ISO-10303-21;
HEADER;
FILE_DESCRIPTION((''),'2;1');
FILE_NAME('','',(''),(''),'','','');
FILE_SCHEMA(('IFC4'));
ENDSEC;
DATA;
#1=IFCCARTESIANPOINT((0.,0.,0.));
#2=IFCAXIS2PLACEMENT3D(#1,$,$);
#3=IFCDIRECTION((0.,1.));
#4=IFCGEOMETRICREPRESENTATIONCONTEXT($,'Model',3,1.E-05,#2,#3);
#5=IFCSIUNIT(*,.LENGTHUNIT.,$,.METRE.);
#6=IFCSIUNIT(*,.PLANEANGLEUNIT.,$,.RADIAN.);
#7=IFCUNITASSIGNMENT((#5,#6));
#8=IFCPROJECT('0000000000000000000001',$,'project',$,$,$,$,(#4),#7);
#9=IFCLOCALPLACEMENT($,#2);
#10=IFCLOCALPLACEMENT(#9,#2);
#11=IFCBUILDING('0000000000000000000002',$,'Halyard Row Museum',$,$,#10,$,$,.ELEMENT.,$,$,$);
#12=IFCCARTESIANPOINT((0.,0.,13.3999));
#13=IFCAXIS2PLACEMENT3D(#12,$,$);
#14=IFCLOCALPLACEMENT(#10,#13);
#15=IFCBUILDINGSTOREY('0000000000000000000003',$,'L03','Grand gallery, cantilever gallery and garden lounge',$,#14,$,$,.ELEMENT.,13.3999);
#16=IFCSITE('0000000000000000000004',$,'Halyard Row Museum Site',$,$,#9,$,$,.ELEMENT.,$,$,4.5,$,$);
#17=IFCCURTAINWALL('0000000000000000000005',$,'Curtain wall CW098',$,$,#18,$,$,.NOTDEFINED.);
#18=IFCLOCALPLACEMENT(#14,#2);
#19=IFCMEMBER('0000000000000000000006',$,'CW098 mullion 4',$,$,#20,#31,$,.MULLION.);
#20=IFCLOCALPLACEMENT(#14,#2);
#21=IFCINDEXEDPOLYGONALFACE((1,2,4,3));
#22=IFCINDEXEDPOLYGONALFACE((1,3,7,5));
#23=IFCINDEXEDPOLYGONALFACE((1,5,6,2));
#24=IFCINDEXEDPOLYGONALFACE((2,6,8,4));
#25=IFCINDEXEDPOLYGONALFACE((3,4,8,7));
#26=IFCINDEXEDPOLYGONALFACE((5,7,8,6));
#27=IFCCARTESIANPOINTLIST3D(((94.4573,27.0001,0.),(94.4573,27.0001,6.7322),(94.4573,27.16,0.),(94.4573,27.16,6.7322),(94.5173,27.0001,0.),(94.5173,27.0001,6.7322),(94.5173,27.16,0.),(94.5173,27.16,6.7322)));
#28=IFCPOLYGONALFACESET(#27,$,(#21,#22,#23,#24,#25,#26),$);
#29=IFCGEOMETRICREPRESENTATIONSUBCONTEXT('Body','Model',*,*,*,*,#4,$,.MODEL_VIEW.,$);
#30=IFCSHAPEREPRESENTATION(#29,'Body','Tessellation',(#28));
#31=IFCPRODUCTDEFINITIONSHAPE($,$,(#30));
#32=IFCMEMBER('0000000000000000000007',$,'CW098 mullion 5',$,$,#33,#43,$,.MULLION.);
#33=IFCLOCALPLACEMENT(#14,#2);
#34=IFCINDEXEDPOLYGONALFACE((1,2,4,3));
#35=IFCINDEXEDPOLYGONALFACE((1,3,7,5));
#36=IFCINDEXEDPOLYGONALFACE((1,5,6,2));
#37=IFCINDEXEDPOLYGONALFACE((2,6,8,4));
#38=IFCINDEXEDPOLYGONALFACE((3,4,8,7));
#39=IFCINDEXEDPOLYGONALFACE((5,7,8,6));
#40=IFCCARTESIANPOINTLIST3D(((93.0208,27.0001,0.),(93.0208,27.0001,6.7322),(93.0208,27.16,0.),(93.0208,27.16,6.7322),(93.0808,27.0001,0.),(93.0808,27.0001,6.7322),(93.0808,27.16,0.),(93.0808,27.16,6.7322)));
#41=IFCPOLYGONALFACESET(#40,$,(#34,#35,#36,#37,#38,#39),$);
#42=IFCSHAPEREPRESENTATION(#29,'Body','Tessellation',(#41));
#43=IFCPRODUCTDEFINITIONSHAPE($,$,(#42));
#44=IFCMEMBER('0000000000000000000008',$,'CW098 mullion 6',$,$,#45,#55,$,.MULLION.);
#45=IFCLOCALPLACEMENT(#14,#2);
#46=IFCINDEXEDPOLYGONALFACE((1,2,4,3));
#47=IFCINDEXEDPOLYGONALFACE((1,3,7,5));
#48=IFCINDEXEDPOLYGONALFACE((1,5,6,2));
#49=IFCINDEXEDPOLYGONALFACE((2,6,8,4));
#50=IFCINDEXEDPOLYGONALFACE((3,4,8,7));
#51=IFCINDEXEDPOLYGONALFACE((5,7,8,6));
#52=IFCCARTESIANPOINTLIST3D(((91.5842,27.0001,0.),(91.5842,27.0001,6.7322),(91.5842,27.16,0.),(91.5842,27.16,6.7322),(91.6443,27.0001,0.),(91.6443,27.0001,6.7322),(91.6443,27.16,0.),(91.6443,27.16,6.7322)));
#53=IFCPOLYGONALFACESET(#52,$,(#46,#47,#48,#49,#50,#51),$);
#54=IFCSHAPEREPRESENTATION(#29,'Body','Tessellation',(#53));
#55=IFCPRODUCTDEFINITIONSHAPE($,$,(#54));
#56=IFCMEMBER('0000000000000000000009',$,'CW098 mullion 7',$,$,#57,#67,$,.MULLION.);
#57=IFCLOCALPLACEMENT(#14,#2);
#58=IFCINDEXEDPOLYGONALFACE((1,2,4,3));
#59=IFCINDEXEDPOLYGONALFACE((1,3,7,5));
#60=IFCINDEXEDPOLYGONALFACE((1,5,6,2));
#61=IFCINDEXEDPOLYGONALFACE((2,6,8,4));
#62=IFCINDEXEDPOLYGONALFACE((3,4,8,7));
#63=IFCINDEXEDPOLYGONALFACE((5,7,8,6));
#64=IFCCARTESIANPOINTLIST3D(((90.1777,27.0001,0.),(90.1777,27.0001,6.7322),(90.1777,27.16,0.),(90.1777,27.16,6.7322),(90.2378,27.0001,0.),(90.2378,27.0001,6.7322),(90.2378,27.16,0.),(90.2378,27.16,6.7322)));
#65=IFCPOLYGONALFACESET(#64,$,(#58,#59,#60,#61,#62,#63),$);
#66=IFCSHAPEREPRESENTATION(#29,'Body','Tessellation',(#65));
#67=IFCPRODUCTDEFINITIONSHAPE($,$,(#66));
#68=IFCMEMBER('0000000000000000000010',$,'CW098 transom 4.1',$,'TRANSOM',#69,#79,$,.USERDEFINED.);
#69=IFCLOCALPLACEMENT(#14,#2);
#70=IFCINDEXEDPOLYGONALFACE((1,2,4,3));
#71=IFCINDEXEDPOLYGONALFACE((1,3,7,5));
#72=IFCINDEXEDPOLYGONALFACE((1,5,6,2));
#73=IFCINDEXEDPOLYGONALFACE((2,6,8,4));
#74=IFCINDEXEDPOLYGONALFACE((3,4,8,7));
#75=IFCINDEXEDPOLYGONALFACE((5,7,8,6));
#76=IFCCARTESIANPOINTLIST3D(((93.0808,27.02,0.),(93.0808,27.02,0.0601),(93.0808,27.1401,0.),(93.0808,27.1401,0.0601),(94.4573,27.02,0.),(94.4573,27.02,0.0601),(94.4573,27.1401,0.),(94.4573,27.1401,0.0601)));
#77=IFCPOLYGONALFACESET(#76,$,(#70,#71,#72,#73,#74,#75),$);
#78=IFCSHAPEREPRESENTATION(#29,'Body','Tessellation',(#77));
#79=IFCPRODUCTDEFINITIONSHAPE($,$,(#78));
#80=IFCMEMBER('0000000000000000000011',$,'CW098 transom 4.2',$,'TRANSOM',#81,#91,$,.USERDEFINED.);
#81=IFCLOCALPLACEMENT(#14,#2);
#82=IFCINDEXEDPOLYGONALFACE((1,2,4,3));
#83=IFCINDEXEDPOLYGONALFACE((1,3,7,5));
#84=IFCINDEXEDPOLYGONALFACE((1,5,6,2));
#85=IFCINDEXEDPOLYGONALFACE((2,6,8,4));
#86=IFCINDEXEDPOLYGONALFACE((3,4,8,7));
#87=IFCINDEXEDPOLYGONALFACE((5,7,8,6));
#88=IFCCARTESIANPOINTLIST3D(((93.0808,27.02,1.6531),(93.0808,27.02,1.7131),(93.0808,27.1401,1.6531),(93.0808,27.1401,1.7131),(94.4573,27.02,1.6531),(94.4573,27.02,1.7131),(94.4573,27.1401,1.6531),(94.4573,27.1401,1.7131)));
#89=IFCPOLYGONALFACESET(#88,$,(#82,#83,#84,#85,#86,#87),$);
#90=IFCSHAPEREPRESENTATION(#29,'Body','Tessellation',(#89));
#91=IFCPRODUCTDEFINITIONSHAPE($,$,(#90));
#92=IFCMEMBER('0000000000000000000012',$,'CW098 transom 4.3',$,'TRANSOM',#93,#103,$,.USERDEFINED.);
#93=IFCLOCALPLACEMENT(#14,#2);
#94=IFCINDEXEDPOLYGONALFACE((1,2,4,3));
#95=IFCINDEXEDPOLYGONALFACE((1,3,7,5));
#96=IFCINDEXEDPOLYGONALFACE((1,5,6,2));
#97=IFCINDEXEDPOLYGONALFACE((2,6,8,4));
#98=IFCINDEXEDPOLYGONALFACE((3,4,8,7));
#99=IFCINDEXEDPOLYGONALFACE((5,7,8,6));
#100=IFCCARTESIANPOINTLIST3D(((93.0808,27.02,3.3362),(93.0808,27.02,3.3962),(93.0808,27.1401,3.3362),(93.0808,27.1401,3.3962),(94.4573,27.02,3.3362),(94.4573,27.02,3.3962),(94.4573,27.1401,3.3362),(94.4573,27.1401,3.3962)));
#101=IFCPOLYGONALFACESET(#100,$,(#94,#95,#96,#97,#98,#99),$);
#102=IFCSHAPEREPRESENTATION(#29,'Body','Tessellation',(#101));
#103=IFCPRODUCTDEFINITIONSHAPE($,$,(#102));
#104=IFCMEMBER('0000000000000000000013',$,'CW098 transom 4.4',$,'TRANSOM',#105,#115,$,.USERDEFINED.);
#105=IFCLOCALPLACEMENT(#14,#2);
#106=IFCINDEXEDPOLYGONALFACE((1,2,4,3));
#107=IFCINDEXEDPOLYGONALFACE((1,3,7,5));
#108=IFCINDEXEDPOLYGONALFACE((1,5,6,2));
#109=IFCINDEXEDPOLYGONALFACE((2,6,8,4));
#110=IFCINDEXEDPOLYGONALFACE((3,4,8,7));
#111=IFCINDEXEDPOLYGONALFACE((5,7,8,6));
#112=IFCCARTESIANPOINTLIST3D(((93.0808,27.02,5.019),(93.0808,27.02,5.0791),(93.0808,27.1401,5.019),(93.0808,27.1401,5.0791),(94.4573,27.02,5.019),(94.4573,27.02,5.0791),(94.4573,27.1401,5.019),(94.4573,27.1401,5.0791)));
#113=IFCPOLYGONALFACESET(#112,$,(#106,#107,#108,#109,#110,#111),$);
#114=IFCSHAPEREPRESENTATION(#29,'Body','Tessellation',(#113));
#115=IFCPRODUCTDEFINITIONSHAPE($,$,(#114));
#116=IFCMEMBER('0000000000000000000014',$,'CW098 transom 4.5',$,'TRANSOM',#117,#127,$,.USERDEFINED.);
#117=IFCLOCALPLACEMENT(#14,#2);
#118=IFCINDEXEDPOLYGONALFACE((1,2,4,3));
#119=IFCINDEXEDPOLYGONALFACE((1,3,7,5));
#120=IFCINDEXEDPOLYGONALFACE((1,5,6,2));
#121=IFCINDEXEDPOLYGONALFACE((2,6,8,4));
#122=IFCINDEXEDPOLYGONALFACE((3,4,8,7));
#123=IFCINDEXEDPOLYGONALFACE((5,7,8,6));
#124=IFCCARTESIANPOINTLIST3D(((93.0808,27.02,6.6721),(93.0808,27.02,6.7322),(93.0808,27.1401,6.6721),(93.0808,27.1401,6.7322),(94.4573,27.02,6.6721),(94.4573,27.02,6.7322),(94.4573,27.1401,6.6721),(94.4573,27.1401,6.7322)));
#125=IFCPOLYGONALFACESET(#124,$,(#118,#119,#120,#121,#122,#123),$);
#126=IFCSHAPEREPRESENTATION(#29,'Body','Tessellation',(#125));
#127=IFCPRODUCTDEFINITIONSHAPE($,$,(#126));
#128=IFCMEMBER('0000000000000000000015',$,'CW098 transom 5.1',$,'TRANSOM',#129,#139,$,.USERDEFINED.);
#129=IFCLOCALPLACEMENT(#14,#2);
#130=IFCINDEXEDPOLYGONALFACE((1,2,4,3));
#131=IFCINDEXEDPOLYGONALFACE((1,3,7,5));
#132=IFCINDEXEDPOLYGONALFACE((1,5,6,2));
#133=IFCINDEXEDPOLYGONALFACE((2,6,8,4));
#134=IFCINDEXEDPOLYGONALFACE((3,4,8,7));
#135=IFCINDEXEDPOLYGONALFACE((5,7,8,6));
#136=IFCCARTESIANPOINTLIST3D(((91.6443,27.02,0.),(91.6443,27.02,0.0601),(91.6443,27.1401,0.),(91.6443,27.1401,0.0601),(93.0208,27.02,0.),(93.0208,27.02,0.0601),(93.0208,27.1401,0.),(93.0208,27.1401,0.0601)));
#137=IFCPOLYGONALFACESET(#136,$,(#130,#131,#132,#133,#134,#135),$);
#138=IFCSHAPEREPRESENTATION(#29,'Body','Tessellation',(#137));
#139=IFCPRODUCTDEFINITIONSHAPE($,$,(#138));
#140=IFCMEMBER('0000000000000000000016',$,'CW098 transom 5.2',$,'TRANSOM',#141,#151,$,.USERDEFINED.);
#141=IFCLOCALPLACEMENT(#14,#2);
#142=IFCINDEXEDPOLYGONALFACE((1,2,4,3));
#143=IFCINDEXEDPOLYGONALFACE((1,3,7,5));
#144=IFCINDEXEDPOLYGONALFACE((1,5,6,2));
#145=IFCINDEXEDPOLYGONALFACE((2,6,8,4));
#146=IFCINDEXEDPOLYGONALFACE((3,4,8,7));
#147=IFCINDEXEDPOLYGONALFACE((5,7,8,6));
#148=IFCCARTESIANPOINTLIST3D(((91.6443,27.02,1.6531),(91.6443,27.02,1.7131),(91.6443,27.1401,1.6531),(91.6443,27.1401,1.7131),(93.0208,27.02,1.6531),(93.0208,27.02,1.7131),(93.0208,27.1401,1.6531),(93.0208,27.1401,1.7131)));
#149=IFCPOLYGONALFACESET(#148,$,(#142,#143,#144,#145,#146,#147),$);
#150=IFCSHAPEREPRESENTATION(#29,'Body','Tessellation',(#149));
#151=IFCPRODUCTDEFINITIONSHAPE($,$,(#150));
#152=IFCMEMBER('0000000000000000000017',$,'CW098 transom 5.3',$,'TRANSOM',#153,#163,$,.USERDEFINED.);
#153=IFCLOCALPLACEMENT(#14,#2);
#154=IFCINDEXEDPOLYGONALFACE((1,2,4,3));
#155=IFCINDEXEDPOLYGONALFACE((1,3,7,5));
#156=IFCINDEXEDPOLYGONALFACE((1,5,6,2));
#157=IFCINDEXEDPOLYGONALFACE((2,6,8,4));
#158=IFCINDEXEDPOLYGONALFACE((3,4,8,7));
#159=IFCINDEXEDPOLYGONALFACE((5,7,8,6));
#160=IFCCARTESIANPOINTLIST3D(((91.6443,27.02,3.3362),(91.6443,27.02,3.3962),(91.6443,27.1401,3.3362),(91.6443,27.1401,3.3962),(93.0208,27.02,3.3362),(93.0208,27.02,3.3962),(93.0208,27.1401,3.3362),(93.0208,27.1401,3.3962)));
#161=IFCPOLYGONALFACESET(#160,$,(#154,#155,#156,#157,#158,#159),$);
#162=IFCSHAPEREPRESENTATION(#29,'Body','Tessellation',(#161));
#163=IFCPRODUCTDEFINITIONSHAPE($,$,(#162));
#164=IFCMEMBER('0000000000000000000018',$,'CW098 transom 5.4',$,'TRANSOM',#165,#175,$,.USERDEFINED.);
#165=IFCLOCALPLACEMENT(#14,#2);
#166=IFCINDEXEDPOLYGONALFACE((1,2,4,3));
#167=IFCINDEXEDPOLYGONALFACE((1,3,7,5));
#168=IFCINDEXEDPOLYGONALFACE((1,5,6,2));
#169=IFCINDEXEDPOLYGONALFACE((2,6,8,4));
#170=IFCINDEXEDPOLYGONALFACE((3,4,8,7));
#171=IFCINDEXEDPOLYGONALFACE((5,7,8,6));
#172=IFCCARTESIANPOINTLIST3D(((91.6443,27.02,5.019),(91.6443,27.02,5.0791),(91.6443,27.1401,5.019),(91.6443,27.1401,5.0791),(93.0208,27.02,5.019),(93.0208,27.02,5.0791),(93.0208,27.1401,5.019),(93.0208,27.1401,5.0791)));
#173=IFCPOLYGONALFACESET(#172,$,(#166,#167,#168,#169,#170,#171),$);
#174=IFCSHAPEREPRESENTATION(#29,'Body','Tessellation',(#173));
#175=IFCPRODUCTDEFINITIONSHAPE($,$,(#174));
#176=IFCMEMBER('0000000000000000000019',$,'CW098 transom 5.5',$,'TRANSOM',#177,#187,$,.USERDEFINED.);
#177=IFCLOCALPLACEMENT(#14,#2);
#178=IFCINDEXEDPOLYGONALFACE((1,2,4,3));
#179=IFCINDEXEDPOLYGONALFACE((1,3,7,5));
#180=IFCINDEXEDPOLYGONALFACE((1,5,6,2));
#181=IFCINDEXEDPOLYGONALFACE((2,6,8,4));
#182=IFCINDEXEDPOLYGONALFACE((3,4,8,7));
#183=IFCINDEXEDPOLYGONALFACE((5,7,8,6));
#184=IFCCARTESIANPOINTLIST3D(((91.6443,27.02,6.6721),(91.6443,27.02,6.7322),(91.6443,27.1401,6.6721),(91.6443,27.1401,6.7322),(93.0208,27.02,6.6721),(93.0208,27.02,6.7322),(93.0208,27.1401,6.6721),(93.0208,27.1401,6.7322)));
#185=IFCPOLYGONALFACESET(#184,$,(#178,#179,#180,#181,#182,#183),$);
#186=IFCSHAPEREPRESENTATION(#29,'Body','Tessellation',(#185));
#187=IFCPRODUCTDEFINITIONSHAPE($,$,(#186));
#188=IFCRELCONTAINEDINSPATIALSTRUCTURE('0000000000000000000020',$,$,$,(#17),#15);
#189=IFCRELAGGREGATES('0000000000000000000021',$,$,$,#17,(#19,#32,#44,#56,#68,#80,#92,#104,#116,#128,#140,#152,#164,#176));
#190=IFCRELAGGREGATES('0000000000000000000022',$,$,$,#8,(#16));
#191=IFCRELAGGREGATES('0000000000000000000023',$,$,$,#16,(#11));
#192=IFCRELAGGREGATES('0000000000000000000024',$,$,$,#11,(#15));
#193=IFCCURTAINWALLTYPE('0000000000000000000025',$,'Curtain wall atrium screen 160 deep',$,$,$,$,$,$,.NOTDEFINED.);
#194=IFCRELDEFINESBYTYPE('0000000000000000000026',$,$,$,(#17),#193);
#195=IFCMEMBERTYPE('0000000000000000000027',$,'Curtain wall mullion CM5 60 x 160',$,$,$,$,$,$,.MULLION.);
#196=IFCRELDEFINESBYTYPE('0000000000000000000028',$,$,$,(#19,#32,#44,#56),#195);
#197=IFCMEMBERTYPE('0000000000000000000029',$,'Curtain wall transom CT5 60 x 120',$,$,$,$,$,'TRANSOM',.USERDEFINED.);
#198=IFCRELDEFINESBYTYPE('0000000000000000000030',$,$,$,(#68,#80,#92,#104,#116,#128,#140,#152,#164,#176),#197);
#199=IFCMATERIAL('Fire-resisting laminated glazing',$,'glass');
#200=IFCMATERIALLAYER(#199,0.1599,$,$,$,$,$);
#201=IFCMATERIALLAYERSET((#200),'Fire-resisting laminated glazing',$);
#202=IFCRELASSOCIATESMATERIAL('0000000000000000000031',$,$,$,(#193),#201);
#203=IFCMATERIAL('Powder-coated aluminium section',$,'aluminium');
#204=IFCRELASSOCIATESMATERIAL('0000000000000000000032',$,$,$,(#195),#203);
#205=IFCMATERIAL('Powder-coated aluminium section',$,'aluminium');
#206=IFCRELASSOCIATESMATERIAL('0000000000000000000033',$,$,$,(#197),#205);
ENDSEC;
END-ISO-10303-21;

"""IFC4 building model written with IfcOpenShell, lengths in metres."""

from ifc_helpers import new_model, si_unit, direction, frame, origin, origin_2d, place, context, subcontext, project, spatial, rectangle, extrude, material, layer, layer_set, material_profile, profile_set, type_object, element, aggregate, save


model = new_model("IFC4")

# Units and contexts
model_context = context("Model", 3, precision=1e-05, world=origin(), true_north=direction((0.0, 1.0)))
body_context = subcontext(model_context, "Body", "Model", "MODEL_VIEW")
ifc_project = project(units=[si_unit("LENGTHUNIT", "METRE"), si_unit("PLANEANGLEUNIT", "RADIAN")], contexts=[model_context])

# Site, building, storey
site_placement = place(None, origin())
site = spatial("IfcSite", under=ifc_project, at=site_placement, Name="Halyard Row Museum Site", CompositionType="ELEMENT", RefElevation=4.5)
building_placement = place(site_placement, origin())
building = spatial("IfcBuilding", under=site, at=building_placement, Name="Halyard Row Museum", CompositionType="ELEMENT")
storey_placement = place(building_placement, frame((0.0, 0.0, 13.3999)))
storey = spatial("IfcBuildingStorey", under=building, at=storey_placement, Name="L03", Description="Grand gallery, cantilever gallery and garden lounge", CompositionType="ELEMENT", Elevation=13.3999)

# Curtain wall, members
ifc_material_1 = material(Name="Fire-resisting laminated glazing", Category="glass")
ifc_layer_1 = layer(ifc_material_1, 0.1599)
ifc_layer_set_1 = layer_set([ifc_layer_1], Name="Fire-resisting laminated glazing")
curtain_wall_type = type_object("IfcCurtainWallType", Name="Curtain wall atrium screen 160 deep", PredefinedType="NOTDEFINED", material=ifc_layer_set_1)
curtain_wall_placement = place(storey_placement, origin())
curtain_wall = element("IfcCurtainWall", 1, at=curtain_wall_placement, inside=storey, type_object=curtain_wall_type, Name="Curtain wall CW098", PredefinedType="NOTDEFINED")
ifc_material_2 = material(Name="Powder-coated aluminium section", Category="aluminium")
ifc_material_profile_1 = material_profile(ifc_material_2, rectangle(XDim=0.1599, YDim=0.0601, at=origin_2d()), Name="160x60 mullion")
ifc_profile_set_1 = profile_set([ifc_material_profile_1], Name="Powder-coated aluminium section")
member_type_1 = type_object("IfcMemberType", Name="Curtain wall mullion CM5 60 x 160", PredefinedType="MULLION", material=ifc_profile_set_1)
member_1_placement = place(storey_placement, frame((94.4873, 27.0801, 0.0), z_axis=(0.0, 0.0, 1.0), x_axis=(0.0, -1.0, 0.0)))
member_1 = element("IfcMember", 2, at=member_1_placement, type_object=member_type_1, Name="CW098 mullion 4", PredefinedType="MULLION", context=body_context, shape_type="SweptSolid", body=[
    extrude(rectangle(XDim=0.1599, YDim=0.0601, at=origin_2d()), origin(), (0.0, 0.0, 1.0), 6.7322),
])
member_2_placement = place(storey_placement, frame((93.0508, 27.0801, 0.0), z_axis=(0.0, 0.0, 1.0), x_axis=(0.0, -1.0, 0.0)))
member_2 = element("IfcMember", 3, at=member_2_placement, type_object=member_type_1, Name="CW098 mullion 5", PredefinedType="MULLION", context=body_context, shape_type="SweptSolid", body=[
    extrude(rectangle(XDim=0.1599, YDim=0.0601, at=origin_2d()), origin(), (0.0, 0.0, 1.0), 6.7322),
])
member_3_placement = place(storey_placement, frame((91.6143, 27.0801, 0.0), z_axis=(0.0, 0.0, 1.0), x_axis=(0.0, -1.0, 0.0)))
member_3 = element("IfcMember", 4, at=member_3_placement, type_object=member_type_1, Name="CW098 mullion 6", PredefinedType="MULLION", context=body_context, shape_type="SweptSolid", body=[
    extrude(rectangle(XDim=0.1599, YDim=0.0601, at=origin_2d()), origin(), (0.0, 0.0, 1.0), 6.7322),
])
member_4_placement = place(storey_placement, frame((90.2078, 27.0801, 0.0), z_axis=(0.0, 0.0, 1.0), x_axis=(0.0, -1.0, 0.0)))
member_4 = element("IfcMember", 5, at=member_4_placement, type_object=member_type_1, Name="CW098 mullion 7", PredefinedType="MULLION", context=body_context, shape_type="SweptSolid", body=[
    extrude(rectangle(XDim=0.1599, YDim=0.0601, at=origin_2d()), origin(), (0.0, 0.0, 1.0), 6.7322),
])
ifc_material_3 = material(Name="Powder-coated aluminium section", Category="aluminium")
ifc_material_profile_2 = material_profile(ifc_material_3, rectangle(XDim=0.1201, YDim=0.0601, at=origin_2d()), Name="120x60 transom")
ifc_profile_set_2 = profile_set([ifc_material_profile_2], Name="Powder-coated aluminium section")
member_type_2 = type_object("IfcMemberType", Name="Curtain wall transom CT5 60 x 120", ElementType="TRANSOM", PredefinedType="USERDEFINED", material=ifc_profile_set_2)
member_5_placement = place(storey_placement, frame((94.4573, 27.0801, 0.03), z_axis=(-1.0, 0.0, 0.0), x_axis=(0.0, -1.0, 0.0)))
member_5 = element("IfcMember", 6, at=member_5_placement, type_object=member_type_2, Name="CW098 transom 4.1", ObjectType="TRANSOM", PredefinedType="USERDEFINED", context=body_context, shape_type="SweptSolid", body=[
    extrude(rectangle(XDim=0.1201, YDim=0.0601, at=origin_2d()), origin(), (0.0, 0.0, 1.0), 1.3765),
])
member_6_placement = place(storey_placement, frame((94.4573, 27.0801, 1.6831), z_axis=(-1.0, 0.0, 0.0), x_axis=(0.0, -1.0, 0.0)))
member_6 = element("IfcMember", 7, at=member_6_placement, type_object=member_type_2, Name="CW098 transom 4.2", ObjectType="TRANSOM", PredefinedType="USERDEFINED", context=body_context, shape_type="SweptSolid", body=[
    extrude(rectangle(XDim=0.1201, YDim=0.0601, at=origin_2d()), origin(), (0.0, 0.0, 1.0), 1.3765),
])
member_7_placement = place(storey_placement, frame((94.4573, 27.0801, 3.3662), z_axis=(-1.0, 0.0, 0.0), x_axis=(0.0, -1.0, 0.0)))
member_7 = element("IfcMember", 8, at=member_7_placement, type_object=member_type_2, Name="CW098 transom 4.3", ObjectType="TRANSOM", PredefinedType="USERDEFINED", context=body_context, shape_type="SweptSolid", body=[
    extrude(rectangle(XDim=0.1201, YDim=0.0601, at=origin_2d()), origin(), (0.0, 0.0, 1.0), 1.3765),
])
member_8_placement = place(storey_placement, frame((94.4573, 27.0801, 5.0491), z_axis=(-1.0, 0.0, 0.0), x_axis=(0.0, -1.0, 0.0)))
member_8 = element("IfcMember", 9, at=member_8_placement, type_object=member_type_2, Name="CW098 transom 4.4", ObjectType="TRANSOM", PredefinedType="USERDEFINED", context=body_context, shape_type="SweptSolid", body=[
    extrude(rectangle(XDim=0.1201, YDim=0.0601, at=origin_2d()), origin(), (0.0, 0.0, 1.0), 1.3765),
])
member_9_placement = place(storey_placement, frame((94.4573, 27.0801, 6.7021), z_axis=(-1.0, 0.0, 0.0), x_axis=(0.0, -1.0, 0.0)))
member_9 = element("IfcMember", 10, at=member_9_placement, type_object=member_type_2, Name="CW098 transom 4.5", ObjectType="TRANSOM", PredefinedType="USERDEFINED", context=body_context, shape_type="SweptSolid", body=[
    extrude(rectangle(XDim=0.1201, YDim=0.0601, at=origin_2d()), origin(), (0.0, 0.0, 1.0), 1.3765),
])
member_10_placement = place(storey_placement, frame((93.0208, 27.0801, 0.03), z_axis=(-1.0, 0.0, 0.0), x_axis=(0.0, -1.0, 0.0)))
member_10 = element("IfcMember", 11, at=member_10_placement, type_object=member_type_2, Name="CW098 transom 5.1", ObjectType="TRANSOM", PredefinedType="USERDEFINED", context=body_context, shape_type="SweptSolid", body=[
    extrude(rectangle(XDim=0.1201, YDim=0.0601, at=origin_2d()), origin(), (0.0, 0.0, 1.0), 1.3765),
])
member_11_placement = place(storey_placement, frame((93.0208, 27.0801, 1.6831), z_axis=(-1.0, 0.0, 0.0), x_axis=(0.0, -1.0, 0.0)))
member_11 = element("IfcMember", 12, at=member_11_placement, type_object=member_type_2, Name="CW098 transom 5.2", ObjectType="TRANSOM", PredefinedType="USERDEFINED", context=body_context, shape_type="SweptSolid", body=[
    extrude(rectangle(XDim=0.1201, YDim=0.0601, at=origin_2d()), origin(), (0.0, 0.0, 1.0), 1.3765),
])
member_12_placement = place(storey_placement, frame((93.0208, 27.0801, 3.3662), z_axis=(-1.0, 0.0, 0.0), x_axis=(0.0, -1.0, 0.0)))
member_12 = element("IfcMember", 13, at=member_12_placement, type_object=member_type_2, Name="CW098 transom 5.3", ObjectType="TRANSOM", PredefinedType="USERDEFINED", context=body_context, shape_type="SweptSolid", body=[
    extrude(rectangle(XDim=0.1201, YDim=0.0601, at=origin_2d()), origin(), (0.0, 0.0, 1.0), 1.3765),
])
member_13_placement = place(storey_placement, frame((93.0208, 27.0801, 5.0491), z_axis=(-1.0, 0.0, 0.0), x_axis=(0.0, -1.0, 0.0)))
member_13 = element("IfcMember", 14, at=member_13_placement, type_object=member_type_2, Name="CW098 transom 5.4", ObjectType="TRANSOM", PredefinedType="USERDEFINED", context=body_context, shape_type="SweptSolid", body=[
    extrude(rectangle(XDim=0.1201, YDim=0.0601, at=origin_2d()), origin(), (0.0, 0.0, 1.0), 1.3765),
])
member_14_placement = place(storey_placement, frame((93.0208, 27.0801, 6.7021), z_axis=(-1.0, 0.0, 0.0), x_axis=(0.0, -1.0, 0.0)))
member_14 = element("IfcMember", 15, at=member_14_placement, type_object=member_type_2, Name="CW098 transom 5.5", ObjectType="TRANSOM", PredefinedType="USERDEFINED", context=body_context, shape_type="SweptSolid", body=[
    extrude(rectangle(XDim=0.1201, YDim=0.0601, at=origin_2d()), origin(), (0.0, 0.0, 1.0), 1.3765),
])

aggregate(curtain_wall, [member_1, member_2, member_3, member_4, member_5, member_6, member_7, member_8, member_9, member_10, member_11, member_12, member_13, member_14])

save(model, "model.ifc")
